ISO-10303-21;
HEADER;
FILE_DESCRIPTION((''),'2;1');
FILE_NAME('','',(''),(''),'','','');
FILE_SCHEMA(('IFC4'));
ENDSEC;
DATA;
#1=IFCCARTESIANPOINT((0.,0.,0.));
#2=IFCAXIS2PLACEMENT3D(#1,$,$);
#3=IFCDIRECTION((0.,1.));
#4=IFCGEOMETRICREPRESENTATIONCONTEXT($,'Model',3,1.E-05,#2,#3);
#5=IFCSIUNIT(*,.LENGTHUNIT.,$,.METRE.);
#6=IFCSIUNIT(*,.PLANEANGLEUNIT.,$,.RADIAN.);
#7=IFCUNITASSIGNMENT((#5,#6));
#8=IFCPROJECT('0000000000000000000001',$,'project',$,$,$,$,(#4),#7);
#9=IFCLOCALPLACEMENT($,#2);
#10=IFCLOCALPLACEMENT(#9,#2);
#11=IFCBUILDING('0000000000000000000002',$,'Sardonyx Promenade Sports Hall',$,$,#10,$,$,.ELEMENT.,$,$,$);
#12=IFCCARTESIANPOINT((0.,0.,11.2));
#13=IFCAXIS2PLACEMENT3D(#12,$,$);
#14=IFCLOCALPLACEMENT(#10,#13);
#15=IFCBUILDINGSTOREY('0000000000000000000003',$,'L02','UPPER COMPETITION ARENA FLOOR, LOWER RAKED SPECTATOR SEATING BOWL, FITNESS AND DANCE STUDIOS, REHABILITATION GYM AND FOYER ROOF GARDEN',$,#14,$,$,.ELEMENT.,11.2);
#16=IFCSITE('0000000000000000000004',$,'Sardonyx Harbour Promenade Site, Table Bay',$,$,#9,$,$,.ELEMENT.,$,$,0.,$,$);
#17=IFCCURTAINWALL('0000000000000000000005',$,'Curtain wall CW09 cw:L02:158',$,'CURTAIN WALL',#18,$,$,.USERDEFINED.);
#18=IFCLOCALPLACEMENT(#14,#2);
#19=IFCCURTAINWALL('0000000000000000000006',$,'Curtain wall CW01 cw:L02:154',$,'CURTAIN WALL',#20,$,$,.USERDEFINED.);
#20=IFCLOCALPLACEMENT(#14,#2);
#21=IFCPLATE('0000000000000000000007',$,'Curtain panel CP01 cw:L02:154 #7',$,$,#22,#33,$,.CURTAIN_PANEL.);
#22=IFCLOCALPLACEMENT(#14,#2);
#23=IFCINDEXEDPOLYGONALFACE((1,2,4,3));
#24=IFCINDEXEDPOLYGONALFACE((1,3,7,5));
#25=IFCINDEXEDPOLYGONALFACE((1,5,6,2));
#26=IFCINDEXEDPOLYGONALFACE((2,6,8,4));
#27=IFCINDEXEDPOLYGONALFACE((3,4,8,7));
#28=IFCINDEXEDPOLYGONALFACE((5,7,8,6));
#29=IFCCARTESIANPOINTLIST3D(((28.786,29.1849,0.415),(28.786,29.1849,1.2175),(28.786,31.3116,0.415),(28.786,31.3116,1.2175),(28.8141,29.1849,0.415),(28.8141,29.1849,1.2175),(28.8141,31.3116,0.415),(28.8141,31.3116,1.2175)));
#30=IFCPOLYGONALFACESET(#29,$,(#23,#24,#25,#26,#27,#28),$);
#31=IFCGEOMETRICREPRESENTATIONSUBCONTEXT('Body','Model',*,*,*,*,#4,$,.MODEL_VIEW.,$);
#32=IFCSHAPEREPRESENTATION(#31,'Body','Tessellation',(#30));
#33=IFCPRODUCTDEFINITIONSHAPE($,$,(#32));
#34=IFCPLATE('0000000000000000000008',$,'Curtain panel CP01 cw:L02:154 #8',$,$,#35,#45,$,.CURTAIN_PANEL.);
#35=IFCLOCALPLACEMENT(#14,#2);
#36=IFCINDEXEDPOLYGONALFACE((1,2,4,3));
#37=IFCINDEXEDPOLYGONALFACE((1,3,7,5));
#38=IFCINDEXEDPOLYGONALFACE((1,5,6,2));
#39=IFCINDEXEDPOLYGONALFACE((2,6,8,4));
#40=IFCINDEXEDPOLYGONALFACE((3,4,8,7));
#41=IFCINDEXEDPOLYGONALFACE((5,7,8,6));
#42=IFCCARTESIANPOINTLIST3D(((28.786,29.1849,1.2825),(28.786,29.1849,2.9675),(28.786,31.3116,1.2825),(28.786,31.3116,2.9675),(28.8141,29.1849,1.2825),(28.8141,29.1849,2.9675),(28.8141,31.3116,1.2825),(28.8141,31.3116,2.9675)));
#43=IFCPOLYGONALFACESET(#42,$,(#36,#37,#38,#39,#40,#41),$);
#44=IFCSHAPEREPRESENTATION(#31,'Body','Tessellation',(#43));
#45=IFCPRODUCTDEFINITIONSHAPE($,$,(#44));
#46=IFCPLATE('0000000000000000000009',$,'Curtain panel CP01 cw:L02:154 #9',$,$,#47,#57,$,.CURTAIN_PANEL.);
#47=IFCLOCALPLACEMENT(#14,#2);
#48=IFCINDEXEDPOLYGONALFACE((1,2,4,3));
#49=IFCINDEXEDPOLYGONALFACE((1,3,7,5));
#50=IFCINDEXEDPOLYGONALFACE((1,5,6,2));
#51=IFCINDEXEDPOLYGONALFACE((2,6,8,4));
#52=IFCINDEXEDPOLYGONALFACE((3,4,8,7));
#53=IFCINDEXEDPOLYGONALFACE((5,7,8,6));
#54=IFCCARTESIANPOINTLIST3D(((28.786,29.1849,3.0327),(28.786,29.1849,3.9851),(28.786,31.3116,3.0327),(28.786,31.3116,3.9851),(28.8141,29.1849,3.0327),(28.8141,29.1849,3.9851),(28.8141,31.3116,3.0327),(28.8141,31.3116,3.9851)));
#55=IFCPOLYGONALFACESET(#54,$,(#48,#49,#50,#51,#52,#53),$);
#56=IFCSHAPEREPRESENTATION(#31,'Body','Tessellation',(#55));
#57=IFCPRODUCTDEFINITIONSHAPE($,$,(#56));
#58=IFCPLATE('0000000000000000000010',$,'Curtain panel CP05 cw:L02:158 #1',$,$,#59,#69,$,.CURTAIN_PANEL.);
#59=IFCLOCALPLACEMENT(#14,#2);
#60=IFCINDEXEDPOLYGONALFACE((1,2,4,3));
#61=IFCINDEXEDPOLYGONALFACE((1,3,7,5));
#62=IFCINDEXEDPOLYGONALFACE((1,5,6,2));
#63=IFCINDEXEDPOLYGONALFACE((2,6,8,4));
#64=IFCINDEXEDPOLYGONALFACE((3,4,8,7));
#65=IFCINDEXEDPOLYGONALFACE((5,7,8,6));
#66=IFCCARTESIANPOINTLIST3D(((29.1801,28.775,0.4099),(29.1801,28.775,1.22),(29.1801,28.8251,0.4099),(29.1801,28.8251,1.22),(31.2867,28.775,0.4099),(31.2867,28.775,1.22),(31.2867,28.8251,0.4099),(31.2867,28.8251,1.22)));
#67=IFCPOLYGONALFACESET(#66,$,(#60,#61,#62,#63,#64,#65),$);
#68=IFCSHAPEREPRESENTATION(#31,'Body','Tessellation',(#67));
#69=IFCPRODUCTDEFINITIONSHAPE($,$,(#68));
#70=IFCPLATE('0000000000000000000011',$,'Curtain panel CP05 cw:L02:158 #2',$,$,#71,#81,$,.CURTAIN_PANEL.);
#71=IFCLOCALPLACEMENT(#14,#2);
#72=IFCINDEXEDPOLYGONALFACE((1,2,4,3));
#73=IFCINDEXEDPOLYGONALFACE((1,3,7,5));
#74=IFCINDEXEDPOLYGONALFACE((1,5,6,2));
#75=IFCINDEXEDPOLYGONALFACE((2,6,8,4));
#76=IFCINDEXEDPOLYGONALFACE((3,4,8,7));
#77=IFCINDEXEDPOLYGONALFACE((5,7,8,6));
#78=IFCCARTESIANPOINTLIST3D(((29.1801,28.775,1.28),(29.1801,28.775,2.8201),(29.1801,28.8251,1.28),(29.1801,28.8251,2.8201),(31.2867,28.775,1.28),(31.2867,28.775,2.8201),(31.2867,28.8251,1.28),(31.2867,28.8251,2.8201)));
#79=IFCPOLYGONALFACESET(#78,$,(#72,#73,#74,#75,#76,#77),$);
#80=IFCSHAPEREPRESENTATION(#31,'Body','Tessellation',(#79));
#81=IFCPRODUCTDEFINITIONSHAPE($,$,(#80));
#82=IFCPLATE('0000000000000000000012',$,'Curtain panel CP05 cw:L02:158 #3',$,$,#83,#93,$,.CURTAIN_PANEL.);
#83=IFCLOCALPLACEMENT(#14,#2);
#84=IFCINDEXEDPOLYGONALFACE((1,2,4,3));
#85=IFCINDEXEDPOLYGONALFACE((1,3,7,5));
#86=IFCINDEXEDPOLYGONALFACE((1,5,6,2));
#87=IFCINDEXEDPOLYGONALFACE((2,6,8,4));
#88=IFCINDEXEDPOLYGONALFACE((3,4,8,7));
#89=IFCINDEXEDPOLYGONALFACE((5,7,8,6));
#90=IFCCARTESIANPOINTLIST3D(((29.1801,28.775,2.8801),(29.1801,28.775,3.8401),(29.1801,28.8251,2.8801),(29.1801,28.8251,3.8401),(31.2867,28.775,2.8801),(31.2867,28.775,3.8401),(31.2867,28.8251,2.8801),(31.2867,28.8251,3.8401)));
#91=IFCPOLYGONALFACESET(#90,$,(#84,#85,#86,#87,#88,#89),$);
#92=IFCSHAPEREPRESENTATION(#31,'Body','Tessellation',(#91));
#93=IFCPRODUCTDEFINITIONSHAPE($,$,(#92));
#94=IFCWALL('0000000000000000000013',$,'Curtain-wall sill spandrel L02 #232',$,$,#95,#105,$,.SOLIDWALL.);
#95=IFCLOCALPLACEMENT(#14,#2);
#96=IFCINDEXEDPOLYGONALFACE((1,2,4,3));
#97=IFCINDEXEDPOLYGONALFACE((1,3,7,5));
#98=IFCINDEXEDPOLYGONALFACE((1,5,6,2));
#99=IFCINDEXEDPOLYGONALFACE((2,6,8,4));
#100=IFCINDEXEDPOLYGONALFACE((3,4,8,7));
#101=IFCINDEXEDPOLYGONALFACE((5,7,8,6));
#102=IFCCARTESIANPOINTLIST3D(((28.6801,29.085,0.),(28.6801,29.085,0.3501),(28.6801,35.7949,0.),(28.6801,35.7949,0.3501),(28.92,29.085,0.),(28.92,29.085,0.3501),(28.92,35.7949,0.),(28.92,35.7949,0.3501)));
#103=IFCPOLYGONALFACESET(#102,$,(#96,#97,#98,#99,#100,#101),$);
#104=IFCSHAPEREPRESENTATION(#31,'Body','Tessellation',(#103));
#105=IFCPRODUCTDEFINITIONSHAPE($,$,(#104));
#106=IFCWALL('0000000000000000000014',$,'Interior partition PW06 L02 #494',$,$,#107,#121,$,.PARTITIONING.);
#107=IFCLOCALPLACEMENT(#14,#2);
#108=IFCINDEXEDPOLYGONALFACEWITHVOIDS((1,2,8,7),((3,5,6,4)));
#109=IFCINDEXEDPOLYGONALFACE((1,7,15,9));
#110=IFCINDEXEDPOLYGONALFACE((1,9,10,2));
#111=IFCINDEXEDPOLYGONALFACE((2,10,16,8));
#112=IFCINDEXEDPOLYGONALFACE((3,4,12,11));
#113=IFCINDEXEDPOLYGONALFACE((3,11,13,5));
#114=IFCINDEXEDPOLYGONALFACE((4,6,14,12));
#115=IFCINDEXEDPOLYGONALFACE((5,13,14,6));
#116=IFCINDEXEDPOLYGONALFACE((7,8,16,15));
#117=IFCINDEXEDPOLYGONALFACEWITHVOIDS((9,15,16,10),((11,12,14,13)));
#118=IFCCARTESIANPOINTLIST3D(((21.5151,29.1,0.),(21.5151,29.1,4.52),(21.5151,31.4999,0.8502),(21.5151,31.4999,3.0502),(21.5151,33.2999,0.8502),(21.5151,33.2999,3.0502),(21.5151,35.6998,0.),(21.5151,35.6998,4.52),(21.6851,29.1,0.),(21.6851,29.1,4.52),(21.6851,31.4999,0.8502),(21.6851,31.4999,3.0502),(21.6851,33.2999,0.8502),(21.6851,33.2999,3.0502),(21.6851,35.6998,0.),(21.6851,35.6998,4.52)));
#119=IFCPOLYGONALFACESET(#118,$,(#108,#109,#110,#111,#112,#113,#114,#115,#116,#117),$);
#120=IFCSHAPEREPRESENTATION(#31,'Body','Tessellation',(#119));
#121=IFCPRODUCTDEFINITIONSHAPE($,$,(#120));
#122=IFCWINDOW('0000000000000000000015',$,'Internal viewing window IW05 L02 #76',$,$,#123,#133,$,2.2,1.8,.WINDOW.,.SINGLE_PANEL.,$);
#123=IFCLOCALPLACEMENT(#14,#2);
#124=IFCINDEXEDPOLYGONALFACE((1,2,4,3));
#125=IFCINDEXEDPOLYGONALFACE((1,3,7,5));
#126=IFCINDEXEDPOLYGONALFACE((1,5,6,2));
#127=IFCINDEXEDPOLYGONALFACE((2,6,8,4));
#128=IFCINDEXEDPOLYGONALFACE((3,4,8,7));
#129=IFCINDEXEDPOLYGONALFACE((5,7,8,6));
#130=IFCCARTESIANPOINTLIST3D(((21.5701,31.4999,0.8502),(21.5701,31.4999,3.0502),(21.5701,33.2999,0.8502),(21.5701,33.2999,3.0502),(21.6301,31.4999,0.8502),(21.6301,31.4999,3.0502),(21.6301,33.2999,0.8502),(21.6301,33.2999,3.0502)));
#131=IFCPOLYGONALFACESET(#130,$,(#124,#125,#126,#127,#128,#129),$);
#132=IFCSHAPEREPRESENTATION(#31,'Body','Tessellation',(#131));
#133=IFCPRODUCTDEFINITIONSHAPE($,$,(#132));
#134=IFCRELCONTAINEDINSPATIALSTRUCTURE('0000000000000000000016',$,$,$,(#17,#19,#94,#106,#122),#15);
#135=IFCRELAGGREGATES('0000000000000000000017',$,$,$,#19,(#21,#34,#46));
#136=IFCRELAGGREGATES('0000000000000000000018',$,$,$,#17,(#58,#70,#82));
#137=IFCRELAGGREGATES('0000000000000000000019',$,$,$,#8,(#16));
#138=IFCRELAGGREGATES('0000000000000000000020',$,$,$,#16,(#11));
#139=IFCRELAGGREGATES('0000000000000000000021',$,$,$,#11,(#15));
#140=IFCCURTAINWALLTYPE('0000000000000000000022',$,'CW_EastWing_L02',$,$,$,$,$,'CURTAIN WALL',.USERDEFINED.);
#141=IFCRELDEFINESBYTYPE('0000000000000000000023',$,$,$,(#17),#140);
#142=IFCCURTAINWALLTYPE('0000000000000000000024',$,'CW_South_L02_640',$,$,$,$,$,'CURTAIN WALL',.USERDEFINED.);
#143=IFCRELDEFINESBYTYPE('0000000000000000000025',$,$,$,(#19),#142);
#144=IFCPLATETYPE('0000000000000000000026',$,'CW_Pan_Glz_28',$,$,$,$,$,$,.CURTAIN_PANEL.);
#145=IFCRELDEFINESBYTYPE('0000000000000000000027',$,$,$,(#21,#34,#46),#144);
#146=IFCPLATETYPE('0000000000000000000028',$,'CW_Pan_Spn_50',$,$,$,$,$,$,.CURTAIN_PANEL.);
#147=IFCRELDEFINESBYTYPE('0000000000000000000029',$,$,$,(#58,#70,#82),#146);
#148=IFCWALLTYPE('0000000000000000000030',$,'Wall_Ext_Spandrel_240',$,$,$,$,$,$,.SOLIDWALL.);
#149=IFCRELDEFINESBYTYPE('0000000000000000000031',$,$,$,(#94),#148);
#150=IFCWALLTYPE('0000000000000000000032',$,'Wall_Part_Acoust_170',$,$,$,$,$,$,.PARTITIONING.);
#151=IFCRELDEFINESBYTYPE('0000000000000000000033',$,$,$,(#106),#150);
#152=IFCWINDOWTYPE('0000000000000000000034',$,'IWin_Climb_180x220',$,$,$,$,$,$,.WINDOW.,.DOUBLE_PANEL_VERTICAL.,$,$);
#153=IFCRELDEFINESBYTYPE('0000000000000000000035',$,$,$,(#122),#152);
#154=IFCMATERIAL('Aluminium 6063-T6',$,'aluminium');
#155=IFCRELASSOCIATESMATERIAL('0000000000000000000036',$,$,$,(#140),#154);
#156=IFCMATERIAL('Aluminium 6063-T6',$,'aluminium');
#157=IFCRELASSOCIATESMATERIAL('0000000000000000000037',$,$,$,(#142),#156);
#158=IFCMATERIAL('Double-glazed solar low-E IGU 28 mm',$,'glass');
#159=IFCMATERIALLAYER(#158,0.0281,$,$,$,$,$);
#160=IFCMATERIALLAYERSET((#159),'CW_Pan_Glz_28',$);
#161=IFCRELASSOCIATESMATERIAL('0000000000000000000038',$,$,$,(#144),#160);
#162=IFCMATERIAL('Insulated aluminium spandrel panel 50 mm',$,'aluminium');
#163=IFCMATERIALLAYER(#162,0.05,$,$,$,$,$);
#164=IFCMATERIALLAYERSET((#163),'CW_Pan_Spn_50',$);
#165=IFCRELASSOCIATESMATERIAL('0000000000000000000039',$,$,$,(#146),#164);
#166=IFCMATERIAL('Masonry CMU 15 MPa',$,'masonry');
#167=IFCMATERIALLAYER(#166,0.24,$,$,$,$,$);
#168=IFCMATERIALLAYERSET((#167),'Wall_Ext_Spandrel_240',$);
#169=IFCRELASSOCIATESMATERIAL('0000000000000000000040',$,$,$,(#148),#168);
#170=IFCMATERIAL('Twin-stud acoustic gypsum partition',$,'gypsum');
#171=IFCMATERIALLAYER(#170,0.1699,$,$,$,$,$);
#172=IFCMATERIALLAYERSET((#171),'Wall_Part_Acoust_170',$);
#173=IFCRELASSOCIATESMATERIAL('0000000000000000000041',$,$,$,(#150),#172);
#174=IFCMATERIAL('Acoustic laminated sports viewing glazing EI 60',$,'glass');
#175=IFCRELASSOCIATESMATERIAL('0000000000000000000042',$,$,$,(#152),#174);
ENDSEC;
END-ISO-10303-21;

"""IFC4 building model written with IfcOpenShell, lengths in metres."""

from ifc_helpers import new_model, si_unit, direction, frame, frame_2d, origin, origin_2d, place, context, subcontext, project, spatial, rectangle, extrude, material, layer, layer_set, type_object, element, fill, aggregate, save


model = new_model("IFC4")

# Units and contexts
model_context = context("Model", 3, precision=1e-05, world=origin(), true_north=direction((0.0, 1.0)))
body_context = subcontext(model_context, "Body", "Model", "MODEL_VIEW")
ifc_project = project(units=[si_unit("LENGTHUNIT", "METRE"), si_unit("PLANEANGLEUNIT", "RADIAN")], contexts=[model_context])

# Site, building, storey
site_placement = place(None, origin())
site = spatial("IfcSite", under=ifc_project, at=site_placement, Name="Sardonyx Harbour Promenade Site, Table Bay", CompositionType="ELEMENT", RefElevation=0.0)
building_placement = place(site_placement, origin())
building = spatial("IfcBuilding", under=site, at=building_placement, Name="Sardonyx Promenade Sports Hall", CompositionType="ELEMENT")
storey_placement = place(building_placement, frame((0.0, 0.0, 11.2)))
storey = spatial("IfcBuildingStorey", under=building, at=storey_placement, Name="L02", Description="UPPER COMPETITION ARENA FLOOR, LOWER RAKED SPECTATOR SEATING BOWL, FITNESS AND DANCE STUDIOS, REHABILITATION GYM AND FOYER ROOF GARDEN", CompositionType="ELEMENT", Elevation=11.2)

# Curtain wall
ifc_material_1 = material(Name="Aluminium 6063-T6", Category="aluminium")
curtain_wall_type_1 = type_object("IfcCurtainWallType", Name="CW_EastWing_L02", ElementType="CURTAIN WALL", PredefinedType="USERDEFINED", material=ifc_material_1)
curtain_wall_1_placement = place(storey_placement, origin())
curtain_wall_1 = element("IfcCurtainWall", 1, at=curtain_wall_1_placement, inside=storey, type_object=curtain_wall_type_1, Name="Curtain wall CW09 cw:L02:158", ObjectType="CURTAIN WALL", PredefinedType="USERDEFINED")

# Curtain wall
ifc_material_2 = material(Name="Aluminium 6063-T6", Category="aluminium")
curtain_wall_type_2 = type_object("IfcCurtainWallType", Name="CW_South_L02_640", ElementType="CURTAIN WALL", PredefinedType="USERDEFINED", material=ifc_material_2)
curtain_wall_2_placement = place(storey_placement, origin())
curtain_wall_2 = element("IfcCurtainWall", 2, at=curtain_wall_2_placement, inside=storey, type_object=curtain_wall_type_2, Name="Curtain wall CW01 cw:L02:154", ObjectType="CURTAIN WALL", PredefinedType="USERDEFINED")

# Plates
ifc_material_3 = material(Name="Double-glazed solar low-E IGU 28 mm", Category="glass")
ifc_layer_1 = layer(ifc_material_3, 0.0281)
ifc_layer_set_1 = layer_set([ifc_layer_1], Name="CW_Pan_Glz_28")
plate_type_1 = type_object("IfcPlateType", Name="CW_Pan_Glz_28", PredefinedType="CURTAIN_PANEL", material=ifc_layer_set_1)
plate_1_placement = place(storey_placement, frame((28.8, 30.2483, 0.415), z_axis=(0.0, 0.0, 1.0), x_axis=(0.0, -1.0, 0.0)))
plate_1 = element("IfcPlate", 3, at=plate_1_placement, type_object=plate_type_1, Name="Curtain panel CP01 cw:L02:154 #7", PredefinedType="CURTAIN_PANEL", context=body_context, shape_type="SweptSolid", body=[
    extrude(rectangle(XDim=2.1267, YDim=0.0281, at=origin_2d()), origin(), (0.0, 0.0, 1.0), 0.8025),
])
plate_2_placement = place(storey_placement, frame((28.8, 30.2483, 1.2825), z_axis=(0.0, 0.0, 1.0), x_axis=(0.0, -1.0, 0.0)))
plate_2 = element("IfcPlate", 4, at=plate_2_placement, type_object=plate_type_1, Name="Curtain panel CP01 cw:L02:154 #8", PredefinedType="CURTAIN_PANEL", context=body_context, shape_type="SweptSolid", body=[
    extrude(rectangle(XDim=2.1267, YDim=0.0281, at=origin_2d()), origin(), (0.0, 0.0, 1.0), 1.6851),
])
plate_3_placement = place(storey_placement, frame((28.8, 30.2483, 3.0327), z_axis=(0.0, 0.0, 1.0), x_axis=(0.0, -1.0, 0.0)))
plate_3 = element("IfcPlate", 5, at=plate_3_placement, type_object=plate_type_1, Name="Curtain panel CP01 cw:L02:154 #9", PredefinedType="CURTAIN_PANEL", context=body_context, shape_type="SweptSolid", body=[
    extrude(rectangle(XDim=2.1267, YDim=0.0281, at=origin_2d()), origin(), (0.0, 0.0, 1.0), 0.9524),
])
aggregate(curtain_wall_2, [plate_1, plate_2, plate_3])
ifc_material_4 = material(Name="Insulated aluminium spandrel panel 50 mm", Category="aluminium")
ifc_layer_2 = layer(ifc_material_4, 0.05)
ifc_layer_set_2 = layer_set([ifc_layer_2], Name="CW_Pan_Spn_50")
plate_type_2 = type_object("IfcPlateType", Name="CW_Pan_Spn_50", PredefinedType="CURTAIN_PANEL", material=ifc_layer_set_2)
plate_4_placement = place(storey_placement, frame((30.2334, 28.8, 0.4099), z_axis=(0.0, 0.0, 1.0), x_axis=(1.0, 0.0, 0.0)))
plate_4 = element("IfcPlate", 6, at=plate_4_placement, type_object=plate_type_2, Name="Curtain panel CP05 cw:L02:158 #1", PredefinedType="CURTAIN_PANEL", context=body_context, shape_type="SweptSolid", body=[
    extrude(rectangle(XDim=2.1067, YDim=0.05, at=origin_2d()), origin(), (0.0, 0.0, 1.0), 0.8101),
])
plate_5_placement = place(storey_placement, frame((30.2334, 28.8, 1.28), z_axis=(0.0, 0.0, 1.0), x_axis=(1.0, 0.0, 0.0)))
plate_5 = element("IfcPlate", 7, at=plate_5_placement, type_object=plate_type_2, Name="Curtain panel CP05 cw:L02:158 #2", PredefinedType="CURTAIN_PANEL", context=body_context, shape_type="SweptSolid", body=[
    extrude(rectangle(XDim=2.1067, YDim=0.05, at=origin_2d()), origin(), (0.0, 0.0, 1.0), 1.54),
])
plate_6_placement = place(storey_placement, frame((30.2334, 28.8, 2.8801), z_axis=(0.0, 0.0, 1.0), x_axis=(1.0, 0.0, 0.0)))
plate_6 = element("IfcPlate", 8, at=plate_6_placement, type_object=plate_type_2, Name="Curtain panel CP05 cw:L02:158 #3", PredefinedType="CURTAIN_PANEL", context=body_context, shape_type="SweptSolid", body=[
    extrude(rectangle(XDim=2.1067, YDim=0.05, at=origin_2d()), origin(), (0.0, 0.0, 1.0), 0.96),
])
aggregate(curtain_wall_1, [plate_4, plate_5, plate_6])

# Wall
ifc_material_5 = material(Name="Masonry CMU 15 MPa", Category="masonry")
ifc_layer_3 = layer(ifc_material_5, 0.24)
ifc_layer_set_3 = layer_set([ifc_layer_3], Name="Wall_Ext_Spandrel_240")
wall_type_1 = type_object("IfcWallType", Name="Wall_Ext_Spandrel_240", PredefinedType="SOLIDWALL", material=ifc_layer_set_3)
wall_1_placement = place(storey_placement, frame((28.8, 35.7949, 0.0), z_axis=(0.0, 0.0, 1.0), x_axis=(0.0, -1.0, 0.0)))
element("IfcWall", 9, at=wall_1_placement, inside=storey, type_object=wall_type_1, Name="Curtain-wall sill spandrel L02 #232", PredefinedType="SOLIDWALL", context=body_context, shape_type="SweptSolid", body=[
    extrude(rectangle(XDim=6.71, YDim=0.24, at=frame_2d((3.355, 0.0))), origin(), (0.0, 0.0, 1.0), 0.3501),
])

# Wall, opening, window
ifc_material_6 = material(Name="Twin-stud acoustic gypsum partition", Category="gypsum")
ifc_layer_4 = layer(ifc_material_6, 0.1699)
ifc_layer_set_4 = layer_set([ifc_layer_4], Name="Wall_Part_Acoust_170")
wall_type_2 = type_object("IfcWallType", Name="Wall_Part_Acoust_170", PredefinedType="PARTITIONING", material=ifc_layer_set_4)
wall_2_placement = place(storey_placement, frame((21.6001, 29.1001, 0.0), z_axis=(0.0, 0.0, 1.0), x_axis=(0.0, 1.0, 0.0)))
wall_2 = element("IfcWall", 10, at=wall_2_placement, inside=storey, type_object=wall_type_2, Name="Interior partition PW06 L02 #494", PredefinedType="PARTITIONING", context=body_context, shape_type="SweptSolid", body=[
    extrude(rectangle(XDim=6.5999, YDim=0.1699, at=frame_2d((3.2998, 0.0))), origin(), (0.0, 0.0, 1.0), 4.52),
])
opening_placement = place(wall_2_placement, frame((2.3999, 0.0, 0.8501)))
opening = element("IfcOpeningElement", 11, at=opening_placement, cuts=wall_2, PredefinedType="OPENING", context=body_context, shape_type="SweptSolid", body=[
    extrude(rectangle(XDim=1.8, YDim=2.2, at=frame_2d((0.8999, 1.1001))), frame((0.0, 0.095, 0.0), z_axis=(0.0, -1.0, 0.0), x_axis=(1.0, 0.0, 0.0)), (0.0, 0.0, 1.0), 0.19),
])
ifc_material_7 = material(Name="Acoustic laminated sports viewing glazing EI 60", Category="glass")
window_type = type_object("IfcWindowType", Name="IWin_Climb_180x220", PartitioningType="DOUBLE_PANEL_VERTICAL", PredefinedType="WINDOW", material=ifc_material_7)
window_placement = place(opening_placement, origin())
window = element("IfcWindow", 12, at=window_placement, inside=storey, type_object=window_type, Name="Internal viewing window IW05 L02 #76", OverallHeight=2.2, OverallWidth=1.8, PartitioningType="SINGLE_PANEL", PredefinedType="WINDOW", context=body_context, shape_type="SweptSolid", body=[
    extrude(rectangle(XDim=1.8, YDim=2.2, at=frame_2d((0.8999, 1.1001))), frame((0.0, 0.03, 0.0), z_axis=(0.0, -1.0, 0.0), x_axis=(1.0, 0.0, 0.0)), (0.0, 0.0, 1.0), 0.0601),
])
fill(opening, window)

save(model, "model.ifc")
